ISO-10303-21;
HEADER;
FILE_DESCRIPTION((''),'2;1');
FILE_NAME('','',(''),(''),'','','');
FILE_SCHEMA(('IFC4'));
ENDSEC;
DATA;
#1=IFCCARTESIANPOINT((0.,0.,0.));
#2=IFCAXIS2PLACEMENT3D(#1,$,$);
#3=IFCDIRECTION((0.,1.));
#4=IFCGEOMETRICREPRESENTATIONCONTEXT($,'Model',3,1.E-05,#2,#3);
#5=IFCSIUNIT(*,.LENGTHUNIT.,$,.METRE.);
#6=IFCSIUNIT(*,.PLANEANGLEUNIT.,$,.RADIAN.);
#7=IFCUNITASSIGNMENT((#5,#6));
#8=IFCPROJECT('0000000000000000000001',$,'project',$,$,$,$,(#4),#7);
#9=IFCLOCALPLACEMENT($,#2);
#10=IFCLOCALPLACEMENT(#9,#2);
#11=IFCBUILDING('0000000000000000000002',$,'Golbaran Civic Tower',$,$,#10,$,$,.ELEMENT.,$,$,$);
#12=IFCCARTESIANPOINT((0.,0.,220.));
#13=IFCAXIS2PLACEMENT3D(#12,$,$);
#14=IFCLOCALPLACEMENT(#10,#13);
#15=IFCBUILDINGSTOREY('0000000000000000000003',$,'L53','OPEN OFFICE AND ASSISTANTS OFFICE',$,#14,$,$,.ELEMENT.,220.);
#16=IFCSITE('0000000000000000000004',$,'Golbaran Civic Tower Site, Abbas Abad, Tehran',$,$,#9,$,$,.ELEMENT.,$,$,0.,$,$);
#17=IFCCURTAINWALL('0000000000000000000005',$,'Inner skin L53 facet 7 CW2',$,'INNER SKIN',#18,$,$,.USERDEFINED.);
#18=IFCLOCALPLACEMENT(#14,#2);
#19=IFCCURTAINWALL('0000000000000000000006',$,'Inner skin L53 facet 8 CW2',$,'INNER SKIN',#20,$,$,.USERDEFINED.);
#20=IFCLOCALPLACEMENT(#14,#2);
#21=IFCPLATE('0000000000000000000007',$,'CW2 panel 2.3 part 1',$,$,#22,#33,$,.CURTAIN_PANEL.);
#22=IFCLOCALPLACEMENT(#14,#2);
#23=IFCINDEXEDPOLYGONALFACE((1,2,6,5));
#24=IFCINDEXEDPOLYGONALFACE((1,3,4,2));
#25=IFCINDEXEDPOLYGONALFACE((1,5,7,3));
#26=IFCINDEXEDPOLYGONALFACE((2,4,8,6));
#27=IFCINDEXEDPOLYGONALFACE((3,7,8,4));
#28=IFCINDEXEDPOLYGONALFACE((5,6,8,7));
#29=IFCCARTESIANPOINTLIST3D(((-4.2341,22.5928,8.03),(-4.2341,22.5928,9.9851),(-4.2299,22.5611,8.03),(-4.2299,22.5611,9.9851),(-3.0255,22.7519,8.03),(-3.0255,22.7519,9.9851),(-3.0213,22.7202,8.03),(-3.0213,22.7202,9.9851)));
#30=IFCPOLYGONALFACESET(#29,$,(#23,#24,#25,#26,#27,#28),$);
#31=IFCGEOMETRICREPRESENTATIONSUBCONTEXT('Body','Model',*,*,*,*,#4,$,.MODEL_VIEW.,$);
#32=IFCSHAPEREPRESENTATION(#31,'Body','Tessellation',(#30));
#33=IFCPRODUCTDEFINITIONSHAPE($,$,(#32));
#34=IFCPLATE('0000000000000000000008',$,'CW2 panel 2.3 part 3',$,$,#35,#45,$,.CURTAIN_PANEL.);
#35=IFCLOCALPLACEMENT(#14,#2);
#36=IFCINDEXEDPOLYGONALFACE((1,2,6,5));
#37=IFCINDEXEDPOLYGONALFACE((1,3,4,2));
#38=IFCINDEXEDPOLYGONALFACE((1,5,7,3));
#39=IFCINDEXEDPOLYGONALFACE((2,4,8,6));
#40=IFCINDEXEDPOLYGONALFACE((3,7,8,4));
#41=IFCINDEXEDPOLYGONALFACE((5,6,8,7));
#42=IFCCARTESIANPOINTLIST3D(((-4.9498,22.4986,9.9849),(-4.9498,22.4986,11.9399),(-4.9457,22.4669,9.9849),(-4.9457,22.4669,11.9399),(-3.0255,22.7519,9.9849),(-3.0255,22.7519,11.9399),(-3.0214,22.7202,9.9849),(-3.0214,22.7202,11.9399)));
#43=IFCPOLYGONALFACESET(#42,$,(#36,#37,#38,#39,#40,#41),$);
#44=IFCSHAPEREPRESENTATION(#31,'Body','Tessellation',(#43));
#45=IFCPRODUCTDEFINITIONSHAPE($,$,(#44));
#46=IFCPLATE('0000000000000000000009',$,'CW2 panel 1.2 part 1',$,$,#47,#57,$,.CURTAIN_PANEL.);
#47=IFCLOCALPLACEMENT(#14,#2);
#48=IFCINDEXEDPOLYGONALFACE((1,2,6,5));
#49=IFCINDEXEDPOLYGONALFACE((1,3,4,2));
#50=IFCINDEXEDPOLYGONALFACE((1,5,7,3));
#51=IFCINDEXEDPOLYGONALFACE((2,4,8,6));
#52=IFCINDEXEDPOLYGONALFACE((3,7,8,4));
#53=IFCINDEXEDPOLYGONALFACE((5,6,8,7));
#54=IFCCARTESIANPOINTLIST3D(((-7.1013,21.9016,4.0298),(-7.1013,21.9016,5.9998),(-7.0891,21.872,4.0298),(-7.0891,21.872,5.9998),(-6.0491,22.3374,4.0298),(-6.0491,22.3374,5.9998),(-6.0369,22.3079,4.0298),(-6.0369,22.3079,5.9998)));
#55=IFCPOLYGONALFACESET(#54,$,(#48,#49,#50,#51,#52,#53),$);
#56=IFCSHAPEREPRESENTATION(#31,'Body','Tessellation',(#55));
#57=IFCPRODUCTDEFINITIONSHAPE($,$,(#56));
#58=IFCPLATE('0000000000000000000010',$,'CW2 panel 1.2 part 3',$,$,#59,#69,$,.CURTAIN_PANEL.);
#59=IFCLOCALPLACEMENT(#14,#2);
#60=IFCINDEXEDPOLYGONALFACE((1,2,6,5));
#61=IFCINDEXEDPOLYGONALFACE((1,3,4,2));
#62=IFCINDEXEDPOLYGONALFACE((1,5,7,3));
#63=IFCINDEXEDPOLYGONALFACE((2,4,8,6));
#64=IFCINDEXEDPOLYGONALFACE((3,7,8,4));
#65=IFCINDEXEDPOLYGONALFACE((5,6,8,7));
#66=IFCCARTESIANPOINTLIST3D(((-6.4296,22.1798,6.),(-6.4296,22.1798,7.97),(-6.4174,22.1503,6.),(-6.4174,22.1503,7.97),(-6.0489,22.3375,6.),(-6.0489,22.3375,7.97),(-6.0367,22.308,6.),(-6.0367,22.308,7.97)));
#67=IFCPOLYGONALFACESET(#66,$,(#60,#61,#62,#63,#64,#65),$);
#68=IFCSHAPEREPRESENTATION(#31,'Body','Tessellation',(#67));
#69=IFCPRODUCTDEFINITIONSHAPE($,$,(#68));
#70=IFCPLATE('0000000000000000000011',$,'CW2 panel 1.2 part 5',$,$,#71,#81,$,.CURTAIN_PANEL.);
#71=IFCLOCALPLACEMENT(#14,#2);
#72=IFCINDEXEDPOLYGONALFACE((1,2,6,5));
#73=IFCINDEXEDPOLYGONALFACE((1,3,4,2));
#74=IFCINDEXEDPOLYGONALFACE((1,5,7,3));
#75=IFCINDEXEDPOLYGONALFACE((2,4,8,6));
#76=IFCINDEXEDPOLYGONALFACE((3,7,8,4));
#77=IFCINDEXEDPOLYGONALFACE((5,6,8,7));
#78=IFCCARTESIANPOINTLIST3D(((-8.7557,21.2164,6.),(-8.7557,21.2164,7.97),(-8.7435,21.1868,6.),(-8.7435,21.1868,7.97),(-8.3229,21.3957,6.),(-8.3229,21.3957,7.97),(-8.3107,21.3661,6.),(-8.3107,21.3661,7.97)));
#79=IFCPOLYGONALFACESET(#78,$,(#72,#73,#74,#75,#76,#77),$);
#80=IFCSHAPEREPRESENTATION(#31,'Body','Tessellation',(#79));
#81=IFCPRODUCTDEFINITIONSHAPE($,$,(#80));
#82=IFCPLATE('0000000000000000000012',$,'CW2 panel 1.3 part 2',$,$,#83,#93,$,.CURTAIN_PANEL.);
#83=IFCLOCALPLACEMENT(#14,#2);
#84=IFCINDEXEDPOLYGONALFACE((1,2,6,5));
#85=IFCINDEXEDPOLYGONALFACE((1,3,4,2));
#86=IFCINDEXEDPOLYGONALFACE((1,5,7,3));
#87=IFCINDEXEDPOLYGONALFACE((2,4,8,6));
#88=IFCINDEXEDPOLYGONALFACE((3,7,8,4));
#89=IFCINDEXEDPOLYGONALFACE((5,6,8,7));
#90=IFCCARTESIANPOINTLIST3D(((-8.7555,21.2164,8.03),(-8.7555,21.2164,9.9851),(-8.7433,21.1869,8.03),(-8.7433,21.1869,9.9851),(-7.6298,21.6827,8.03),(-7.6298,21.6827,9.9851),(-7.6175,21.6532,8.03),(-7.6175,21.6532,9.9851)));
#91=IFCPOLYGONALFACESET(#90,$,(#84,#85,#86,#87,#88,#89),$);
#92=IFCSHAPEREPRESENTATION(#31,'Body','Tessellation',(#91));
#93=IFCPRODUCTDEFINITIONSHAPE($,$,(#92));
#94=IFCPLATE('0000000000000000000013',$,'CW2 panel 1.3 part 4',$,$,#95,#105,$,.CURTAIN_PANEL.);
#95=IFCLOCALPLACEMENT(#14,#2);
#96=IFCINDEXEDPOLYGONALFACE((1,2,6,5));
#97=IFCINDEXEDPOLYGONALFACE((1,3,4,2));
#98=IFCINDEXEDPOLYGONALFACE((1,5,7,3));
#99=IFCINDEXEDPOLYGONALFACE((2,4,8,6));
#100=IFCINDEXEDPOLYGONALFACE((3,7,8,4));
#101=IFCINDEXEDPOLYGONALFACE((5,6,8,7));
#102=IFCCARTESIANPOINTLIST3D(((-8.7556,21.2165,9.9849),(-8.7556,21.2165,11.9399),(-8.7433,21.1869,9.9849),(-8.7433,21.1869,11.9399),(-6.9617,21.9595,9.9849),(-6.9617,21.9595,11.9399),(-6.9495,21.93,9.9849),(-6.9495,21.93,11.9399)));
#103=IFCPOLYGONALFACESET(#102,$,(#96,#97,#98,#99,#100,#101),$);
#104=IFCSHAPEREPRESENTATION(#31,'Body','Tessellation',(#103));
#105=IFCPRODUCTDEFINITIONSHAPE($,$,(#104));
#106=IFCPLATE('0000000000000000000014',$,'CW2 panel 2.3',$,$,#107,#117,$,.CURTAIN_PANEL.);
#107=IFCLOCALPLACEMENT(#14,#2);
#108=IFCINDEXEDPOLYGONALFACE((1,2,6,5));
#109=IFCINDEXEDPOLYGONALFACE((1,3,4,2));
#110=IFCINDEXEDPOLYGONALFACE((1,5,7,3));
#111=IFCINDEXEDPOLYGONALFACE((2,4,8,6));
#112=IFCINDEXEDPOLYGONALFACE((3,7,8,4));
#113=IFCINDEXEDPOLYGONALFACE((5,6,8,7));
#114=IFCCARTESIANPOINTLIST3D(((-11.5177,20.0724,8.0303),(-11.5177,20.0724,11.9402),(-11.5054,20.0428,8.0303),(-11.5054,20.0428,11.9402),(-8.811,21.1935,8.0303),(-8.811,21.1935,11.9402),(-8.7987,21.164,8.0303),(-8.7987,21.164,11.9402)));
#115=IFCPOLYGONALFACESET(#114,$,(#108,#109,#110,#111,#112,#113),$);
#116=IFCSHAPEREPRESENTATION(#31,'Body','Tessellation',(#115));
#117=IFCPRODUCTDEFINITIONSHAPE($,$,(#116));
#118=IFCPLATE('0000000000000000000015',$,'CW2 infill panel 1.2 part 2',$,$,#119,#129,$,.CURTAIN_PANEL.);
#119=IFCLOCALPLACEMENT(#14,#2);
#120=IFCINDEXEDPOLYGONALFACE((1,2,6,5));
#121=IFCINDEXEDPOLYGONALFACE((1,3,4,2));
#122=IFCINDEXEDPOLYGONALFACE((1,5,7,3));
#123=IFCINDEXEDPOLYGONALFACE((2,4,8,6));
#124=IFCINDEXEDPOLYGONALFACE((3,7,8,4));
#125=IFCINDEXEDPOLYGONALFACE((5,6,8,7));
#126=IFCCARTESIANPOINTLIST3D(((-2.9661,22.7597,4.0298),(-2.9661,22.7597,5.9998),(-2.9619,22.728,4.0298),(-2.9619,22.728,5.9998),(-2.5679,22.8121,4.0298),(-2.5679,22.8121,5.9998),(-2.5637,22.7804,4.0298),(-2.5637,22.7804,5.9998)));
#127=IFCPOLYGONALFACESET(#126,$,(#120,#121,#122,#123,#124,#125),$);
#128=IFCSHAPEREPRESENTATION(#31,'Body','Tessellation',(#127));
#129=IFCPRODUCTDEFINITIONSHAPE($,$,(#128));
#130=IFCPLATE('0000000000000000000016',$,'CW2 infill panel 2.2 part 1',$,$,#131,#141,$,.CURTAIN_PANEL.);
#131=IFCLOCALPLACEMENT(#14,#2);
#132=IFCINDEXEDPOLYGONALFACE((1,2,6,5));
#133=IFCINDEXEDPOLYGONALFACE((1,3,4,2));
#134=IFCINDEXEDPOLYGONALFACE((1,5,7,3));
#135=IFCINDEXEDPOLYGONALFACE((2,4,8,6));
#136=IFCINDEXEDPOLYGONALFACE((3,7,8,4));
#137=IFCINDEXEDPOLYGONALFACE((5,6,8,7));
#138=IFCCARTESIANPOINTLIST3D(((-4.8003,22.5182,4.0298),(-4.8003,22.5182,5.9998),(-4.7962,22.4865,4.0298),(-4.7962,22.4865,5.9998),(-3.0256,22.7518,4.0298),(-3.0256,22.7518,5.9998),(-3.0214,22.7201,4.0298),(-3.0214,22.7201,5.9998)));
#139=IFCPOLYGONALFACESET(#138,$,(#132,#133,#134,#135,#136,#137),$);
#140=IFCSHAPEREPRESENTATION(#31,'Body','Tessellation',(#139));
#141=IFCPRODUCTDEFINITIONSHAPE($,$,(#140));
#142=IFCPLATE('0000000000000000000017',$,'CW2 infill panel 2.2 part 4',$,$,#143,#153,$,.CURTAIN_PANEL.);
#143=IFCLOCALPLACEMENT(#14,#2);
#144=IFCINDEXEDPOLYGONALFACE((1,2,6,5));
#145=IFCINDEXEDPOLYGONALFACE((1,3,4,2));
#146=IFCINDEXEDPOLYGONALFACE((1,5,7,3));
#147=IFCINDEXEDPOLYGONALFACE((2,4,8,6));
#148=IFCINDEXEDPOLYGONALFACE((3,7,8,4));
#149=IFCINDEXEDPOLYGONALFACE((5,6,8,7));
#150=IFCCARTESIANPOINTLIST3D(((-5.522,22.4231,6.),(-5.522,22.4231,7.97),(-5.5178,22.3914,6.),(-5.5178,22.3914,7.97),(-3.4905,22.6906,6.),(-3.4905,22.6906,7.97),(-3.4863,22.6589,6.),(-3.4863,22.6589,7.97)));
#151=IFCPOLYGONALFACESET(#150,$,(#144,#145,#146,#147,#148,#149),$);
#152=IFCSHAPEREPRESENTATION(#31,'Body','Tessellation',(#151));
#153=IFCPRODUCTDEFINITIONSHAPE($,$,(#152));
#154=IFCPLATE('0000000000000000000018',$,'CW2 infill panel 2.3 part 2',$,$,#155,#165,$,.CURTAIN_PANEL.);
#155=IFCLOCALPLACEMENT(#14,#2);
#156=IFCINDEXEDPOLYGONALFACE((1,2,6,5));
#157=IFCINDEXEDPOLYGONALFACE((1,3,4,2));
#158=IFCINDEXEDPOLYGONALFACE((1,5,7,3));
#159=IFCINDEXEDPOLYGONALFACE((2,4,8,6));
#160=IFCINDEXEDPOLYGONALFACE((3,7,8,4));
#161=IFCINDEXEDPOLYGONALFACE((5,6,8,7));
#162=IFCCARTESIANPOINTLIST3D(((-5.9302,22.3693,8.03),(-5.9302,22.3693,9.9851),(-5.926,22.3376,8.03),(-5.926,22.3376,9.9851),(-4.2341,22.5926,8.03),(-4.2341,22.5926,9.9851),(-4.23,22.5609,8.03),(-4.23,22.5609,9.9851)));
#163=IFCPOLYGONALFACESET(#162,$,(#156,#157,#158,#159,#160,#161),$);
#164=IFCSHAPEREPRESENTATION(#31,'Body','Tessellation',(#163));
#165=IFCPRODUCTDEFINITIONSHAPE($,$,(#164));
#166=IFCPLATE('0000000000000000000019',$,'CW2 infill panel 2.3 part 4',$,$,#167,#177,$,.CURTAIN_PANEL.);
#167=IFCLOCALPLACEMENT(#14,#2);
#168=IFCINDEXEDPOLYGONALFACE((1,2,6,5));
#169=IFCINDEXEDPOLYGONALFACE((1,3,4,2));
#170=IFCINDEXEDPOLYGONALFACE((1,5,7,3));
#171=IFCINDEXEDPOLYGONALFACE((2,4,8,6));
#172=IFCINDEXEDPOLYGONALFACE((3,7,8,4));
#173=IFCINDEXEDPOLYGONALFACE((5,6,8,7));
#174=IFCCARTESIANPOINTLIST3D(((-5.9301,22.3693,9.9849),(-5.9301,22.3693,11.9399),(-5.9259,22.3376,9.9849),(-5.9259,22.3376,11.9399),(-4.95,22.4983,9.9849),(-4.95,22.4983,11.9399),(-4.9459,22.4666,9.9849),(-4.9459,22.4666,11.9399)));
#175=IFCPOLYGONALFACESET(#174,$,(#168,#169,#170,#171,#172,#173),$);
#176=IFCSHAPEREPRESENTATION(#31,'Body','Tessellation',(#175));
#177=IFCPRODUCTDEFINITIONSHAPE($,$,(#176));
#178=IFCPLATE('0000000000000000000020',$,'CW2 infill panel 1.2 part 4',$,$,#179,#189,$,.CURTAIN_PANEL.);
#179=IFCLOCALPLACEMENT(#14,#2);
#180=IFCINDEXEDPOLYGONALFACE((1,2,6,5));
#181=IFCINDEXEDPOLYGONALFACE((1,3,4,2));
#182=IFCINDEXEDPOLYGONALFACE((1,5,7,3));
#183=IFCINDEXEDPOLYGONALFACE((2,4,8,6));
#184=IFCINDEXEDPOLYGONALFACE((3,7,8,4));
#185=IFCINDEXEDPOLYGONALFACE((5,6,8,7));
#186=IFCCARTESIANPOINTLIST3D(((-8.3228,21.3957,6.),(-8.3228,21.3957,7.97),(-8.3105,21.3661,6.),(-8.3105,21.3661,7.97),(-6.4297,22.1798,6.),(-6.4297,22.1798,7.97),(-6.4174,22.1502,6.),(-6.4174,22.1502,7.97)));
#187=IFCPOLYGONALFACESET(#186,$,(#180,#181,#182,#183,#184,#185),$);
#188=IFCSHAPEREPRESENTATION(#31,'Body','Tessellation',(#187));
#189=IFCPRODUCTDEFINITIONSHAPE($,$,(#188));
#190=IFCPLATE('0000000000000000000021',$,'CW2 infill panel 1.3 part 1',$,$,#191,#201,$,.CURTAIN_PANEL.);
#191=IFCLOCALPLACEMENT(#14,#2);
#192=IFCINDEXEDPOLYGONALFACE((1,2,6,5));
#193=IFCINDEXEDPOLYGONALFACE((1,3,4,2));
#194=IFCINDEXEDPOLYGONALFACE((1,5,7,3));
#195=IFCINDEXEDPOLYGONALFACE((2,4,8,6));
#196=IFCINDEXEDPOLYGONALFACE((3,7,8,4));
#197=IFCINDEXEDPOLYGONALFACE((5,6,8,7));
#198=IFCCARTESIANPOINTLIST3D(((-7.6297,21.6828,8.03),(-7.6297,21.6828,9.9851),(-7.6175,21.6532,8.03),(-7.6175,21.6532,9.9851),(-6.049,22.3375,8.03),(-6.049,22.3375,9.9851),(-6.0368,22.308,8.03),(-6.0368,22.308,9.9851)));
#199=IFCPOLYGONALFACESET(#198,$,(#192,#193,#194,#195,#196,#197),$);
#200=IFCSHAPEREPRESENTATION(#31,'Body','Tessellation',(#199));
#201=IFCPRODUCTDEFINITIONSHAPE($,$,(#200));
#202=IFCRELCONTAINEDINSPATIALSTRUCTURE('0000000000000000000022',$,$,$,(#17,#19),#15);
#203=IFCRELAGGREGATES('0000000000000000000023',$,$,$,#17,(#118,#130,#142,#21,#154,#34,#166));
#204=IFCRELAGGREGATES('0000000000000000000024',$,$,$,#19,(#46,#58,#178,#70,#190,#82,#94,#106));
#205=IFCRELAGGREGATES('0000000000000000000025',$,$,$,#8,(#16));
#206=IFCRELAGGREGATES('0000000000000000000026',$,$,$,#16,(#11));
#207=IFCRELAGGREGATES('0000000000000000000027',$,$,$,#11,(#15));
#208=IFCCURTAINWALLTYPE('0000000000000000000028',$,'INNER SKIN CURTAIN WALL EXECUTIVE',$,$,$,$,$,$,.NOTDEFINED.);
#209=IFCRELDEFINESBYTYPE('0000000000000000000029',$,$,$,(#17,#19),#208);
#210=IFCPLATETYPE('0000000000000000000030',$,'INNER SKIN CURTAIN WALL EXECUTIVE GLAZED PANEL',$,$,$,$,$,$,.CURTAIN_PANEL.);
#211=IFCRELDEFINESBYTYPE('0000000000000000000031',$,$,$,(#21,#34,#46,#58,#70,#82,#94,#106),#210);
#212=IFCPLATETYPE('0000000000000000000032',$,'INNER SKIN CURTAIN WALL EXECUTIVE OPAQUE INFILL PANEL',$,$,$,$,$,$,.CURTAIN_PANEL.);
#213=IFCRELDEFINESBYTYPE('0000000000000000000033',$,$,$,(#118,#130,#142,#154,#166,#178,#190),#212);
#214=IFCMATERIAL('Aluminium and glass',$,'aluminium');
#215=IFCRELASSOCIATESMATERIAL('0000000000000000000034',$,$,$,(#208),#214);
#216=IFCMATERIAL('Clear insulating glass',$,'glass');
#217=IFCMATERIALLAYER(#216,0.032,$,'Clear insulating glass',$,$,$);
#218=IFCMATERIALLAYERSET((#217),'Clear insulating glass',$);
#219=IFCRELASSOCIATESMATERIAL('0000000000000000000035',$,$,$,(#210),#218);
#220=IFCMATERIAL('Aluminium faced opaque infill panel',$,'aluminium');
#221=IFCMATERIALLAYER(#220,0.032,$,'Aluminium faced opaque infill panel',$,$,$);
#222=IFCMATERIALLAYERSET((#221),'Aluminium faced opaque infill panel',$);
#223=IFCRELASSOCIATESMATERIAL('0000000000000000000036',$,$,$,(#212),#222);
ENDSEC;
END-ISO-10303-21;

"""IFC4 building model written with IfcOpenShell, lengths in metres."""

from ifc_helpers import new_model, si_unit, direction, frame, origin, origin_2d, place, context, subcontext, project, spatial, rectangle, extrude, material, layer, layer_set, type_object, element, aggregate, save


model = new_model("IFC4")

# Units and contexts
model_context = context("Model", 3, precision=1e-05, world=origin(), true_north=direction((0.0, 1.0)))
body_context = subcontext(model_context, "Body", "Model", "MODEL_VIEW")
ifc_project = project(units=[si_unit("LENGTHUNIT", "METRE"), si_unit("PLANEANGLEUNIT", "RADIAN")], contexts=[model_context])

# Site, building, storey
site_placement = place(None, origin())
site = spatial("IfcSite", under=ifc_project, at=site_placement, Name="Golbaran Civic Tower Site, Abbas Abad, Tehran", CompositionType="ELEMENT", RefElevation=0.0)
building_placement = place(site_placement, origin())
building = spatial("IfcBuilding", under=site, at=building_placement, Name="Golbaran Civic Tower", CompositionType="ELEMENT")
storey_placement = place(building_placement, frame((0.0, 0.0, 220.0)))
storey = spatial("IfcBuildingStorey", under=building, at=storey_placement, Name="L53", Description="OPEN OFFICE AND ASSISTANTS OFFICE", CompositionType="ELEMENT", Elevation=220.0)

# Curtain walls
ifc_material_1 = material(Name="Aluminium and glass", Category="aluminium")
curtain_wall_type = type_object("IfcCurtainWallType", Name="INNER SKIN CURTAIN WALL EXECUTIVE", PredefinedType="NOTDEFINED", material=ifc_material_1)
curtain_wall_1_placement = place(storey_placement, origin())
curtain_wall_1 = element("IfcCurtainWall", 1, at=curtain_wall_1_placement, inside=storey, type_object=curtain_wall_type, Name="Inner skin L53 facet 7 CW2", ObjectType="INNER SKIN", PredefinedType="USERDEFINED")
curtain_wall_2_placement = place(storey_placement, origin())
curtain_wall_2 = element("IfcCurtainWall", 2, at=curtain_wall_2_placement, inside=storey, type_object=curtain_wall_type, Name="Inner skin L53 facet 8 CW2", ObjectType="INNER SKIN", PredefinedType="USERDEFINED")

# Plates
ifc_material_2 = material(Name="Clear insulating glass", Category="glass")
ifc_layer_1 = layer(ifc_material_2, 0.032, Name="Clear insulating glass")
ifc_layer_set_1 = layer_set([ifc_layer_1], Name="Clear insulating glass")
plate_type_1 = type_object("IfcPlateType", Name="INNER SKIN CURTAIN WALL EXECUTIVE GLAZED PANEL", PredefinedType="CURTAIN_PANEL", material=ifc_layer_set_1)
plate_1_placement = place(storey_placement, frame((-3.6277, 22.6565, 8.03), z_axis=(0.0, 0.0, 1.0), x_axis=(-0.991445, -0.130526, 0.0)))
plate_1 = element("IfcPlate", 3, at=plate_1_placement, type_object=plate_type_1, Name="CW2 panel 2.3 part 1", PredefinedType="CURTAIN_PANEL", context=body_context, shape_type="SweptSolid", body=[
    extrude(rectangle(XDim=1.219, YDim=0.032, at=origin_2d()), origin(), (0.0, 0.0, 1.0), 1.9551),
])
plate_2_placement = place(storey_placement, frame((-3.9856, 22.6094, 9.9849), z_axis=(0.0, 0.0, 1.0), x_axis=(-0.991445, -0.130526, 0.0)))
plate_2 = element("IfcPlate", 4, at=plate_2_placement, type_object=plate_type_1, Name="CW2 panel 2.3 part 3", PredefinedType="CURTAIN_PANEL", context=body_context, shape_type="SweptSolid", body=[
    extrude(rectangle(XDim=1.9409, YDim=0.032, at=origin_2d()), origin(), (0.0, 0.0, 1.0), 1.9551),
])
plate_3_placement = place(storey_placement, frame((-6.5691, 22.1047, 4.0298), z_axis=(0.0, 0.0, 1.0), x_axis=(-0.92388, -0.382683, 0.0)))
plate_3 = element("IfcPlate", 5, at=plate_3_placement, type_object=plate_type_1, Name="CW2 panel 1.2 part 1", PredefinedType="CURTAIN_PANEL", context=body_context, shape_type="SweptSolid", body=[
    extrude(rectangle(XDim=1.1389, YDim=0.032, at=origin_2d()), origin(), (0.0, 0.0, 1.0), 1.97),
])
plate_4_placement = place(storey_placement, frame((-6.2332, 22.2439, 6.0), z_axis=(0.0, 0.0, 1.0), x_axis=(-0.92388, -0.382683, 0.0)))
plate_4 = element("IfcPlate", 6, at=plate_4_placement, type_object=plate_type_1, Name="CW2 panel 1.2 part 3", PredefinedType="CURTAIN_PANEL", context=body_context, shape_type="SweptSolid", body=[
    extrude(rectangle(XDim=0.4121, YDim=0.032, at=origin_2d()), origin(), (0.0, 0.0, 1.0), 1.97),
])
plate_5_placement = place(storey_placement, frame((-8.5332, 21.2913, 6.0), z_axis=(0.0, 0.0, 1.0), x_axis=(-0.92388, -0.382683, 0.0)))
plate_5 = element("IfcPlate", 7, at=plate_5_placement, type_object=plate_type_1, Name="CW2 panel 1.2 part 5", PredefinedType="CURTAIN_PANEL", context=body_context, shape_type="SweptSolid", body=[
    extrude(rectangle(XDim=0.4685, YDim=0.032, at=origin_2d()), origin(), (0.0, 0.0, 1.0), 1.97),
])
plate_6_placement = place(storey_placement, frame((-8.1865, 21.4348, 8.03), z_axis=(0.0, 0.0, 1.0), x_axis=(-0.92388, -0.382683, 0.0)))
plate_6 = element("IfcPlate", 8, at=plate_6_placement, type_object=plate_type_1, Name="CW2 panel 1.3 part 2", PredefinedType="CURTAIN_PANEL", context=body_context, shape_type="SweptSolid", body=[
    extrude(rectangle(XDim=1.2185, YDim=0.032, at=origin_2d()), origin(), (0.0, 0.0, 1.0), 1.9551),
])
plate_7_placement = place(storey_placement, frame((-7.8525, 21.5732, 9.9849), z_axis=(0.0, 0.0, 1.0), x_axis=(-0.92388, -0.382683, 0.0)))
plate_7 = element("IfcPlate", 9, at=plate_7_placement, type_object=plate_type_1, Name="CW2 panel 1.3 part 4", PredefinedType="CURTAIN_PANEL", context=body_context, shape_type="SweptSolid", body=[
    extrude(rectangle(XDim=1.9417, YDim=0.032, at=origin_2d()), origin(), (0.0, 0.0, 1.0), 1.9551),
])
plate_8_placement = place(storey_placement, frame((-10.1582, 20.6182, 8.0303), z_axis=(0.0, 0.0, 1.0), x_axis=(-0.92388, -0.382683, 0.0)))
plate_8 = element("IfcPlate", 10, at=plate_8_placement, type_object=plate_type_1, Name="CW2 panel 2.3", PredefinedType="CURTAIN_PANEL", context=body_context, shape_type="SweptSolid", body=[
    extrude(rectangle(XDim=2.9297, YDim=0.032, at=origin_2d()), origin(), (0.0, 0.0, 1.0), 3.9099),
])
ifc_material_3 = material(Name="Aluminium faced opaque infill panel", Category="aluminium")
ifc_layer_2 = layer(ifc_material_3, 0.032, Name="Aluminium faced opaque infill panel")
ifc_layer_set_2 = layer_set([ifc_layer_2], Name="Aluminium faced opaque infill panel")
plate_type_2 = type_object("IfcPlateType", Name="INNER SKIN CURTAIN WALL EXECUTIVE OPAQUE INFILL PANEL", PredefinedType="CURTAIN_PANEL", material=ifc_layer_set_2)
plate_9_placement = place(storey_placement, frame((-2.7649, 22.77, 4.0298), z_axis=(0.0, 0.0, 1.0), x_axis=(-0.991445, -0.130526, 0.0)))
plate_9 = element("IfcPlate", 11, at=plate_9_placement, type_object=plate_type_2, Name="CW2 infill panel 1.2 part 2", PredefinedType="CURTAIN_PANEL", context=body_context, shape_type="SweptSolid", body=[
    extrude(rectangle(XDim=0.4016, YDim=0.032, at=origin_2d()), origin(), (0.0, 0.0, 1.0), 1.97),
])
plate_10_placement = place(storey_placement, frame((-3.9109, 22.6191, 4.0298), z_axis=(0.0, 0.0, 1.0), x_axis=(-0.991445, -0.130526, 0.0)))
plate_10 = element("IfcPlate", 12, at=plate_10_placement, type_object=plate_type_2, Name="CW2 infill panel 2.2 part 1", PredefinedType="CURTAIN_PANEL", context=body_context, shape_type="SweptSolid", body=[
    extrude(rectangle(XDim=1.79, YDim=0.032, at=origin_2d()), origin(), (0.0, 0.0, 1.0), 1.97),
])
plate_11_placement = place(storey_placement, frame((-4.5042, 22.541, 6.0), z_axis=(0.0, 0.0, 1.0), x_axis=(-0.991445, -0.130526, 0.0)))
plate_11 = element("IfcPlate", 13, at=plate_11_placement, type_object=plate_type_2, Name="CW2 infill panel 2.2 part 4", PredefinedType="CURTAIN_PANEL", context=body_context, shape_type="SweptSolid", body=[
    extrude(rectangle(XDim=2.0491, YDim=0.032, at=origin_2d()), origin(), (0.0, 0.0, 1.0), 1.97),
])
plate_12_placement = place(storey_placement, frame((-5.0801, 22.4651, 8.03), z_axis=(0.0, 0.0, 1.0), x_axis=(-0.991445, -0.130526, 0.0)))
plate_12 = element("IfcPlate", 14, at=plate_12_placement, type_object=plate_type_2, Name="CW2 infill panel 2.3 part 2", PredefinedType="CURTAIN_PANEL", context=body_context, shape_type="SweptSolid", body=[
    extrude(rectangle(XDim=1.7107, YDim=0.032, at=origin_2d()), origin(), (0.0, 0.0, 1.0), 1.9551),
])
plate_13_placement = place(storey_placement, frame((-5.438, 22.418, 9.9849), z_axis=(0.0, 0.0, 1.0), x_axis=(-0.991445, -0.130526, 0.0)))
plate_13 = element("IfcPlate", 15, at=plate_13_placement, type_object=plate_type_2, Name="CW2 infill panel 2.3 part 4", PredefinedType="CURTAIN_PANEL", context=body_context, shape_type="SweptSolid", body=[
    extrude(rectangle(XDim=0.9885, YDim=0.032, at=origin_2d()), origin(), (0.0, 0.0, 1.0), 1.9551),
])
aggregate(curtain_wall_1, [plate_9, plate_10, plate_11, plate_1, plate_12, plate_2, plate_13])
plate_14_placement = place(storey_placement, frame((-7.3701, 21.7729, 6.0), z_axis=(0.0, 0.0, 1.0), x_axis=(-0.92388, -0.382683, 0.0)))
plate_14 = element("IfcPlate", 16, at=plate_14_placement, type_object=plate_type_2, Name="CW2 infill panel 1.2 part 4", PredefinedType="CURTAIN_PANEL", context=body_context, shape_type="SweptSolid", body=[
    extrude(rectangle(XDim=2.0491, YDim=0.032, at=origin_2d()), origin(), (0.0, 0.0, 1.0), 1.97),
])
plate_15_placement = place(storey_placement, frame((-6.8333, 21.9954, 8.03), z_axis=(0.0, 0.0, 1.0), x_axis=(-0.92388, -0.382683, 0.0)))
plate_15 = element("IfcPlate", 17, at=plate_15_placement, type_object=plate_type_2, Name="CW2 infill panel 1.3 part 1", PredefinedType="CURTAIN_PANEL", context=body_context, shape_type="SweptSolid", body=[
    extrude(rectangle(XDim=1.7109, YDim=0.032, at=origin_2d()), origin(), (0.0, 0.0, 1.0), 1.9551),
])
aggregate(curtain_wall_2, [plate_3, plate_4, plate_14, plate_5, plate_15, plate_6, plate_7, plate_8])

save(model, "model.ifc")
